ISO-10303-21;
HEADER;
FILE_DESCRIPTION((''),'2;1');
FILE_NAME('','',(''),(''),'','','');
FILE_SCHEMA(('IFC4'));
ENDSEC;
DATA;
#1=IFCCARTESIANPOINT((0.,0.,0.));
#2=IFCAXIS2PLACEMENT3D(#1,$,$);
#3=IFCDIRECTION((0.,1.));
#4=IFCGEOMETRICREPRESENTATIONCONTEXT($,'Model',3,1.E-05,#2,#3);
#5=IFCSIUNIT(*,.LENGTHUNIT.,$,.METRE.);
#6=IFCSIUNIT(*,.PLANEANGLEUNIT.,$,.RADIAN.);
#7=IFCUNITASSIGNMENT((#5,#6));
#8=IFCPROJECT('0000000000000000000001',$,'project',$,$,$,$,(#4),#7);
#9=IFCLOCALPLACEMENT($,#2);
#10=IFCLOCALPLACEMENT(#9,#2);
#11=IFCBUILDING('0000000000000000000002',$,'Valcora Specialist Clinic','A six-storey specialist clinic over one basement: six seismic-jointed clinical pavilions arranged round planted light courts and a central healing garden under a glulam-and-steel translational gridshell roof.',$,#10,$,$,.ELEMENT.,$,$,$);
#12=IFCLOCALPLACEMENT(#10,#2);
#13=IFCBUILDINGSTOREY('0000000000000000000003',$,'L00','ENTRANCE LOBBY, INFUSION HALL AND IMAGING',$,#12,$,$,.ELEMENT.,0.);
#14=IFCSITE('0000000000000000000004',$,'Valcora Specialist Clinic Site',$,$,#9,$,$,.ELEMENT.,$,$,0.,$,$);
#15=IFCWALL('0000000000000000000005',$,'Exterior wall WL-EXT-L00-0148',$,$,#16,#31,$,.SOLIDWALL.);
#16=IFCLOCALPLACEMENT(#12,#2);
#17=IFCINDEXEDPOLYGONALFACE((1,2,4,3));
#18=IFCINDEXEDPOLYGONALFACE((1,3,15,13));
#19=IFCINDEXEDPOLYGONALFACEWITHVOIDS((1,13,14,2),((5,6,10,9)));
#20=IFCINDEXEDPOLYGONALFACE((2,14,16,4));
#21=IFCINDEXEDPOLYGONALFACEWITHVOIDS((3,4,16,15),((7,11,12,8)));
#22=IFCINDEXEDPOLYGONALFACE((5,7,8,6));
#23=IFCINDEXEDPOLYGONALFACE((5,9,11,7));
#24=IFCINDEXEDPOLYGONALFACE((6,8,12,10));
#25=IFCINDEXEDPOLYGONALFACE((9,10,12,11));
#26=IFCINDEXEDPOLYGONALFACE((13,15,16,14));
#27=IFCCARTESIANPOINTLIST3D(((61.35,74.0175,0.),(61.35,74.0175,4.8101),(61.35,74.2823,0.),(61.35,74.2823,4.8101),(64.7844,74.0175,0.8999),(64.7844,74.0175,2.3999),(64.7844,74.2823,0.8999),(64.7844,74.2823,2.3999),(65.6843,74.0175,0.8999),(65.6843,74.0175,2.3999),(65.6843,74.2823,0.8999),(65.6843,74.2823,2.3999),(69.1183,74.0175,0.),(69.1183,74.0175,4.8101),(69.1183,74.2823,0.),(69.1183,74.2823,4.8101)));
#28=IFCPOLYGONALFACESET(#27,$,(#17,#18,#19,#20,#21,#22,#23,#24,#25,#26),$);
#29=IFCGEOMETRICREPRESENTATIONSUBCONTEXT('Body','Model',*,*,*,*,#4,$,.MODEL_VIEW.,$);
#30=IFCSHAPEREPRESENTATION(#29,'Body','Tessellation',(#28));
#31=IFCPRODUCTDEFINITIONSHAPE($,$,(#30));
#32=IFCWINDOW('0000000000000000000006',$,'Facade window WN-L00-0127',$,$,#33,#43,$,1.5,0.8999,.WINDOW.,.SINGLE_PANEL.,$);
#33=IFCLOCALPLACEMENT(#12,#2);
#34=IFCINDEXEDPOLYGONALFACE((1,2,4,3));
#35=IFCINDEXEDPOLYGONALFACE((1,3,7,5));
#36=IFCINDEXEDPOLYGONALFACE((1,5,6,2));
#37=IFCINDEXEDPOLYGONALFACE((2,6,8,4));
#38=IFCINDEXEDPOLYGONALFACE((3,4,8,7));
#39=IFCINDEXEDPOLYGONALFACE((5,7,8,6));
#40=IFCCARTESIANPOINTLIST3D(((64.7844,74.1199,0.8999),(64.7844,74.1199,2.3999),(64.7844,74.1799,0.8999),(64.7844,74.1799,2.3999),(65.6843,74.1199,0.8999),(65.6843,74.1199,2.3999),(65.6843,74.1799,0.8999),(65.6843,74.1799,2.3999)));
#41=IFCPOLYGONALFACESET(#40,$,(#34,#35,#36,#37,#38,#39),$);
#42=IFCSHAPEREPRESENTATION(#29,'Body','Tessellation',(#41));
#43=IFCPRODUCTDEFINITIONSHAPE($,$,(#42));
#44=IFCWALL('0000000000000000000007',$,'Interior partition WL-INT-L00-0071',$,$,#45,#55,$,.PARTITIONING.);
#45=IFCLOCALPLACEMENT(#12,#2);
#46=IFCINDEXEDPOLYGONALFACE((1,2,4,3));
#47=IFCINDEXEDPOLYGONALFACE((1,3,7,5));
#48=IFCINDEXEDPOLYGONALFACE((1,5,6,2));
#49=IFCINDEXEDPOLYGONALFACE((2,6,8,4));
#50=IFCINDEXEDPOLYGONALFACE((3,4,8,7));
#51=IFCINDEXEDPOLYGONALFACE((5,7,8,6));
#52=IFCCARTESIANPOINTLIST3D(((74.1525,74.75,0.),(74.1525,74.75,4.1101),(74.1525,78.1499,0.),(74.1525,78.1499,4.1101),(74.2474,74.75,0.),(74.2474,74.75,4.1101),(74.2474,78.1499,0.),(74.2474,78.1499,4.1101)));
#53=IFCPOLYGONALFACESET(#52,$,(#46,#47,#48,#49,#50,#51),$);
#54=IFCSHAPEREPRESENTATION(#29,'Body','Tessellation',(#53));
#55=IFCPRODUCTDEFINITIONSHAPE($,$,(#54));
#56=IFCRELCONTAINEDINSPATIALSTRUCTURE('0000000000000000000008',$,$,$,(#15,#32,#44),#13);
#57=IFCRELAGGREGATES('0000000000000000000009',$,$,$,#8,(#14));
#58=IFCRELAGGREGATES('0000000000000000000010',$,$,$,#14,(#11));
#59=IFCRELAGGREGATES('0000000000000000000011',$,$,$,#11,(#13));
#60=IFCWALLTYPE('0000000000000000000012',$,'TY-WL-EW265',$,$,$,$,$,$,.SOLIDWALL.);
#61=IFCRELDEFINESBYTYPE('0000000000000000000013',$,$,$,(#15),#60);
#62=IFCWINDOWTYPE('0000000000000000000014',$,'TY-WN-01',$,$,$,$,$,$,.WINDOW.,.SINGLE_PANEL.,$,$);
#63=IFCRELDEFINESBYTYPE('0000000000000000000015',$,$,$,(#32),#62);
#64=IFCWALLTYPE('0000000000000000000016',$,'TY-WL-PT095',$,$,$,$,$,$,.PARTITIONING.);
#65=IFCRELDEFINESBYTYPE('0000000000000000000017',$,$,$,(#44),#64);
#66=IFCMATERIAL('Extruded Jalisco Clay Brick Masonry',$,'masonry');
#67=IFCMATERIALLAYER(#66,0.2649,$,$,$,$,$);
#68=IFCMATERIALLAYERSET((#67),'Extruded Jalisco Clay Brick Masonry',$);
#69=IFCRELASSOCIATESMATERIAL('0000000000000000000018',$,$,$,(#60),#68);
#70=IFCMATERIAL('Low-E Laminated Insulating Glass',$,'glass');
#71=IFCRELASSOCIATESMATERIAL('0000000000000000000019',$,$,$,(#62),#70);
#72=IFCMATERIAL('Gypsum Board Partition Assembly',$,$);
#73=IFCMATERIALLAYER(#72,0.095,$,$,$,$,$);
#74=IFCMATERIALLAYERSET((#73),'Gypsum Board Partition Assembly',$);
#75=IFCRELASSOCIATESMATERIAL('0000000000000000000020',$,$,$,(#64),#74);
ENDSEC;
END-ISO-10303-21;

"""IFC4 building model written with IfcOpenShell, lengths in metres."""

from ifc_helpers import new_model, si_unit, direction, frame, frame_2d, origin, place, context, subcontext, project, spatial, rectangle, extrude, material, layer, layer_set, type_object, element, fill, save


model = new_model("IFC4")

# Units and contexts
model_context = context("Model", 3, precision=1e-05, world=origin(), true_north=direction((0.0, 1.0)))
body_context = subcontext(model_context, "Body", "Model", "MODEL_VIEW")
ifc_project = project(units=[si_unit("LENGTHUNIT", "METRE"), si_unit("PLANEANGLEUNIT", "RADIAN")], contexts=[model_context])

# Site, building, storey
site_placement = place(None, origin())
site = spatial("IfcSite", under=ifc_project, at=site_placement, Name="Valcora Specialist Clinic Site", CompositionType="ELEMENT", RefElevation=0.0)
building_placement = place(site_placement, origin())
building = spatial("IfcBuilding", under=site, at=building_placement, Name="Valcora Specialist Clinic", Description="A six-storey specialist clinic over one basement: six seismic-jointed clinical pavilions arranged round planted light courts and a central healing garden under a glulam-and-steel translational gridshell roof.", CompositionType="ELEMENT")
storey_placement = place(building_placement, origin())
storey = spatial("IfcBuildingStorey", under=building, at=storey_placement, Name="L00", Description="ENTRANCE LOBBY, INFUSION HALL AND IMAGING", CompositionType="ELEMENT", Elevation=0.0)

# Wall, opening, window
ifc_material_1 = material(Name="Extruded Jalisco Clay Brick Masonry", Category="masonry")
ifc_layer_1 = layer(ifc_material_1, 0.2649)
ifc_layer_set_1 = layer_set([ifc_layer_1], Name="Extruded Jalisco Clay Brick Masonry")
wall_type_1 = type_object("IfcWallType", Name="TY-WL-EW265", PredefinedType="SOLIDWALL", material=ifc_layer_set_1)
wall_1_placement = place(storey_placement, frame((69.1184, 74.1499, 0.0), z_axis=(0.0, 0.0, 1.0), x_axis=(-1.0, 0.0, 0.0)))
wall_1 = element("IfcWall", 1, at=wall_1_placement, inside=storey, type_object=wall_type_1, Name="Exterior wall WL-EXT-L00-0148", PredefinedType="SOLIDWALL", context=body_context, shape_type="SweptSolid", body=[
    extrude(rectangle(XDim=7.7683, YDim=0.2649, at=frame_2d((3.8843, 0.0))), origin(), (0.0, 0.0, 1.0), 4.8101),
])
opening_placement = place(wall_1_placement, frame((3.4341, 0.0, 0.8999)))
opening = element("IfcOpeningElement", 2, at=opening_placement, cuts=wall_1, PredefinedType="OPENING", context=body_context, shape_type="SweptSolid", body=[
    extrude(rectangle(XDim=0.8999, YDim=1.5, at=frame_2d((0.45, 0.75))), frame((0.0, 0.1423, 0.0), z_axis=(0.0, -1.0, 0.0), x_axis=(1.0, 0.0, 0.0)), (0.0, 0.0, 1.0), 0.2849),
])
ifc_material_2 = material(Name="Low-E Laminated Insulating Glass", Category="glass")
window_type = type_object("IfcWindowType", Name="TY-WN-01", PartitioningType="SINGLE_PANEL", PredefinedType="WINDOW", material=ifc_material_2)
window_placement = place(opening_placement, origin())
window = element("IfcWindow", 3, at=window_placement, inside=storey, type_object=window_type, Name="Facade window WN-L00-0127", OverallHeight=1.5, OverallWidth=0.8999, PartitioningType="SINGLE_PANEL", PredefinedType="WINDOW", context=body_context, shape_type="SweptSolid", body=[
    extrude(rectangle(XDim=0.8999, YDim=1.5, at=frame_2d((0.45, 0.75))), frame((0.0, 0.03, 0.0), z_axis=(0.0, -1.0, 0.0), x_axis=(1.0, 0.0, 0.0)), (0.0, 0.0, 1.0), 0.0601),
])
fill(opening, window)

# Wall
ifc_material_3 = material(Name="Gypsum Board Partition Assembly")
ifc_layer_2 = layer(ifc_material_3, 0.095)
ifc_layer_set_2 = layer_set([ifc_layer_2], Name="Gypsum Board Partition Assembly")
wall_type_2 = type_object("IfcWallType", Name="TY-WL-PT095", PredefinedType="PARTITIONING", material=ifc_layer_set_2)
wall_2_placement = place(storey_placement, frame((74.2, 74.75, 0.0), z_axis=(0.0, 0.0, 1.0), x_axis=(0.0, 1.0, 0.0)))
element("IfcWall", 4, at=wall_2_placement, inside=storey, type_object=wall_type_2, Name="Interior partition WL-INT-L00-0071", PredefinedType="PARTITIONING", context=body_context, shape_type="SweptSolid", body=[
    extrude(rectangle(XDim=3.3999, YDim=0.095, at=frame_2d((1.7, 0.0))), origin(), (0.0, 0.0, 1.0), 4.1101),
])

save(model, "model.ifc")
